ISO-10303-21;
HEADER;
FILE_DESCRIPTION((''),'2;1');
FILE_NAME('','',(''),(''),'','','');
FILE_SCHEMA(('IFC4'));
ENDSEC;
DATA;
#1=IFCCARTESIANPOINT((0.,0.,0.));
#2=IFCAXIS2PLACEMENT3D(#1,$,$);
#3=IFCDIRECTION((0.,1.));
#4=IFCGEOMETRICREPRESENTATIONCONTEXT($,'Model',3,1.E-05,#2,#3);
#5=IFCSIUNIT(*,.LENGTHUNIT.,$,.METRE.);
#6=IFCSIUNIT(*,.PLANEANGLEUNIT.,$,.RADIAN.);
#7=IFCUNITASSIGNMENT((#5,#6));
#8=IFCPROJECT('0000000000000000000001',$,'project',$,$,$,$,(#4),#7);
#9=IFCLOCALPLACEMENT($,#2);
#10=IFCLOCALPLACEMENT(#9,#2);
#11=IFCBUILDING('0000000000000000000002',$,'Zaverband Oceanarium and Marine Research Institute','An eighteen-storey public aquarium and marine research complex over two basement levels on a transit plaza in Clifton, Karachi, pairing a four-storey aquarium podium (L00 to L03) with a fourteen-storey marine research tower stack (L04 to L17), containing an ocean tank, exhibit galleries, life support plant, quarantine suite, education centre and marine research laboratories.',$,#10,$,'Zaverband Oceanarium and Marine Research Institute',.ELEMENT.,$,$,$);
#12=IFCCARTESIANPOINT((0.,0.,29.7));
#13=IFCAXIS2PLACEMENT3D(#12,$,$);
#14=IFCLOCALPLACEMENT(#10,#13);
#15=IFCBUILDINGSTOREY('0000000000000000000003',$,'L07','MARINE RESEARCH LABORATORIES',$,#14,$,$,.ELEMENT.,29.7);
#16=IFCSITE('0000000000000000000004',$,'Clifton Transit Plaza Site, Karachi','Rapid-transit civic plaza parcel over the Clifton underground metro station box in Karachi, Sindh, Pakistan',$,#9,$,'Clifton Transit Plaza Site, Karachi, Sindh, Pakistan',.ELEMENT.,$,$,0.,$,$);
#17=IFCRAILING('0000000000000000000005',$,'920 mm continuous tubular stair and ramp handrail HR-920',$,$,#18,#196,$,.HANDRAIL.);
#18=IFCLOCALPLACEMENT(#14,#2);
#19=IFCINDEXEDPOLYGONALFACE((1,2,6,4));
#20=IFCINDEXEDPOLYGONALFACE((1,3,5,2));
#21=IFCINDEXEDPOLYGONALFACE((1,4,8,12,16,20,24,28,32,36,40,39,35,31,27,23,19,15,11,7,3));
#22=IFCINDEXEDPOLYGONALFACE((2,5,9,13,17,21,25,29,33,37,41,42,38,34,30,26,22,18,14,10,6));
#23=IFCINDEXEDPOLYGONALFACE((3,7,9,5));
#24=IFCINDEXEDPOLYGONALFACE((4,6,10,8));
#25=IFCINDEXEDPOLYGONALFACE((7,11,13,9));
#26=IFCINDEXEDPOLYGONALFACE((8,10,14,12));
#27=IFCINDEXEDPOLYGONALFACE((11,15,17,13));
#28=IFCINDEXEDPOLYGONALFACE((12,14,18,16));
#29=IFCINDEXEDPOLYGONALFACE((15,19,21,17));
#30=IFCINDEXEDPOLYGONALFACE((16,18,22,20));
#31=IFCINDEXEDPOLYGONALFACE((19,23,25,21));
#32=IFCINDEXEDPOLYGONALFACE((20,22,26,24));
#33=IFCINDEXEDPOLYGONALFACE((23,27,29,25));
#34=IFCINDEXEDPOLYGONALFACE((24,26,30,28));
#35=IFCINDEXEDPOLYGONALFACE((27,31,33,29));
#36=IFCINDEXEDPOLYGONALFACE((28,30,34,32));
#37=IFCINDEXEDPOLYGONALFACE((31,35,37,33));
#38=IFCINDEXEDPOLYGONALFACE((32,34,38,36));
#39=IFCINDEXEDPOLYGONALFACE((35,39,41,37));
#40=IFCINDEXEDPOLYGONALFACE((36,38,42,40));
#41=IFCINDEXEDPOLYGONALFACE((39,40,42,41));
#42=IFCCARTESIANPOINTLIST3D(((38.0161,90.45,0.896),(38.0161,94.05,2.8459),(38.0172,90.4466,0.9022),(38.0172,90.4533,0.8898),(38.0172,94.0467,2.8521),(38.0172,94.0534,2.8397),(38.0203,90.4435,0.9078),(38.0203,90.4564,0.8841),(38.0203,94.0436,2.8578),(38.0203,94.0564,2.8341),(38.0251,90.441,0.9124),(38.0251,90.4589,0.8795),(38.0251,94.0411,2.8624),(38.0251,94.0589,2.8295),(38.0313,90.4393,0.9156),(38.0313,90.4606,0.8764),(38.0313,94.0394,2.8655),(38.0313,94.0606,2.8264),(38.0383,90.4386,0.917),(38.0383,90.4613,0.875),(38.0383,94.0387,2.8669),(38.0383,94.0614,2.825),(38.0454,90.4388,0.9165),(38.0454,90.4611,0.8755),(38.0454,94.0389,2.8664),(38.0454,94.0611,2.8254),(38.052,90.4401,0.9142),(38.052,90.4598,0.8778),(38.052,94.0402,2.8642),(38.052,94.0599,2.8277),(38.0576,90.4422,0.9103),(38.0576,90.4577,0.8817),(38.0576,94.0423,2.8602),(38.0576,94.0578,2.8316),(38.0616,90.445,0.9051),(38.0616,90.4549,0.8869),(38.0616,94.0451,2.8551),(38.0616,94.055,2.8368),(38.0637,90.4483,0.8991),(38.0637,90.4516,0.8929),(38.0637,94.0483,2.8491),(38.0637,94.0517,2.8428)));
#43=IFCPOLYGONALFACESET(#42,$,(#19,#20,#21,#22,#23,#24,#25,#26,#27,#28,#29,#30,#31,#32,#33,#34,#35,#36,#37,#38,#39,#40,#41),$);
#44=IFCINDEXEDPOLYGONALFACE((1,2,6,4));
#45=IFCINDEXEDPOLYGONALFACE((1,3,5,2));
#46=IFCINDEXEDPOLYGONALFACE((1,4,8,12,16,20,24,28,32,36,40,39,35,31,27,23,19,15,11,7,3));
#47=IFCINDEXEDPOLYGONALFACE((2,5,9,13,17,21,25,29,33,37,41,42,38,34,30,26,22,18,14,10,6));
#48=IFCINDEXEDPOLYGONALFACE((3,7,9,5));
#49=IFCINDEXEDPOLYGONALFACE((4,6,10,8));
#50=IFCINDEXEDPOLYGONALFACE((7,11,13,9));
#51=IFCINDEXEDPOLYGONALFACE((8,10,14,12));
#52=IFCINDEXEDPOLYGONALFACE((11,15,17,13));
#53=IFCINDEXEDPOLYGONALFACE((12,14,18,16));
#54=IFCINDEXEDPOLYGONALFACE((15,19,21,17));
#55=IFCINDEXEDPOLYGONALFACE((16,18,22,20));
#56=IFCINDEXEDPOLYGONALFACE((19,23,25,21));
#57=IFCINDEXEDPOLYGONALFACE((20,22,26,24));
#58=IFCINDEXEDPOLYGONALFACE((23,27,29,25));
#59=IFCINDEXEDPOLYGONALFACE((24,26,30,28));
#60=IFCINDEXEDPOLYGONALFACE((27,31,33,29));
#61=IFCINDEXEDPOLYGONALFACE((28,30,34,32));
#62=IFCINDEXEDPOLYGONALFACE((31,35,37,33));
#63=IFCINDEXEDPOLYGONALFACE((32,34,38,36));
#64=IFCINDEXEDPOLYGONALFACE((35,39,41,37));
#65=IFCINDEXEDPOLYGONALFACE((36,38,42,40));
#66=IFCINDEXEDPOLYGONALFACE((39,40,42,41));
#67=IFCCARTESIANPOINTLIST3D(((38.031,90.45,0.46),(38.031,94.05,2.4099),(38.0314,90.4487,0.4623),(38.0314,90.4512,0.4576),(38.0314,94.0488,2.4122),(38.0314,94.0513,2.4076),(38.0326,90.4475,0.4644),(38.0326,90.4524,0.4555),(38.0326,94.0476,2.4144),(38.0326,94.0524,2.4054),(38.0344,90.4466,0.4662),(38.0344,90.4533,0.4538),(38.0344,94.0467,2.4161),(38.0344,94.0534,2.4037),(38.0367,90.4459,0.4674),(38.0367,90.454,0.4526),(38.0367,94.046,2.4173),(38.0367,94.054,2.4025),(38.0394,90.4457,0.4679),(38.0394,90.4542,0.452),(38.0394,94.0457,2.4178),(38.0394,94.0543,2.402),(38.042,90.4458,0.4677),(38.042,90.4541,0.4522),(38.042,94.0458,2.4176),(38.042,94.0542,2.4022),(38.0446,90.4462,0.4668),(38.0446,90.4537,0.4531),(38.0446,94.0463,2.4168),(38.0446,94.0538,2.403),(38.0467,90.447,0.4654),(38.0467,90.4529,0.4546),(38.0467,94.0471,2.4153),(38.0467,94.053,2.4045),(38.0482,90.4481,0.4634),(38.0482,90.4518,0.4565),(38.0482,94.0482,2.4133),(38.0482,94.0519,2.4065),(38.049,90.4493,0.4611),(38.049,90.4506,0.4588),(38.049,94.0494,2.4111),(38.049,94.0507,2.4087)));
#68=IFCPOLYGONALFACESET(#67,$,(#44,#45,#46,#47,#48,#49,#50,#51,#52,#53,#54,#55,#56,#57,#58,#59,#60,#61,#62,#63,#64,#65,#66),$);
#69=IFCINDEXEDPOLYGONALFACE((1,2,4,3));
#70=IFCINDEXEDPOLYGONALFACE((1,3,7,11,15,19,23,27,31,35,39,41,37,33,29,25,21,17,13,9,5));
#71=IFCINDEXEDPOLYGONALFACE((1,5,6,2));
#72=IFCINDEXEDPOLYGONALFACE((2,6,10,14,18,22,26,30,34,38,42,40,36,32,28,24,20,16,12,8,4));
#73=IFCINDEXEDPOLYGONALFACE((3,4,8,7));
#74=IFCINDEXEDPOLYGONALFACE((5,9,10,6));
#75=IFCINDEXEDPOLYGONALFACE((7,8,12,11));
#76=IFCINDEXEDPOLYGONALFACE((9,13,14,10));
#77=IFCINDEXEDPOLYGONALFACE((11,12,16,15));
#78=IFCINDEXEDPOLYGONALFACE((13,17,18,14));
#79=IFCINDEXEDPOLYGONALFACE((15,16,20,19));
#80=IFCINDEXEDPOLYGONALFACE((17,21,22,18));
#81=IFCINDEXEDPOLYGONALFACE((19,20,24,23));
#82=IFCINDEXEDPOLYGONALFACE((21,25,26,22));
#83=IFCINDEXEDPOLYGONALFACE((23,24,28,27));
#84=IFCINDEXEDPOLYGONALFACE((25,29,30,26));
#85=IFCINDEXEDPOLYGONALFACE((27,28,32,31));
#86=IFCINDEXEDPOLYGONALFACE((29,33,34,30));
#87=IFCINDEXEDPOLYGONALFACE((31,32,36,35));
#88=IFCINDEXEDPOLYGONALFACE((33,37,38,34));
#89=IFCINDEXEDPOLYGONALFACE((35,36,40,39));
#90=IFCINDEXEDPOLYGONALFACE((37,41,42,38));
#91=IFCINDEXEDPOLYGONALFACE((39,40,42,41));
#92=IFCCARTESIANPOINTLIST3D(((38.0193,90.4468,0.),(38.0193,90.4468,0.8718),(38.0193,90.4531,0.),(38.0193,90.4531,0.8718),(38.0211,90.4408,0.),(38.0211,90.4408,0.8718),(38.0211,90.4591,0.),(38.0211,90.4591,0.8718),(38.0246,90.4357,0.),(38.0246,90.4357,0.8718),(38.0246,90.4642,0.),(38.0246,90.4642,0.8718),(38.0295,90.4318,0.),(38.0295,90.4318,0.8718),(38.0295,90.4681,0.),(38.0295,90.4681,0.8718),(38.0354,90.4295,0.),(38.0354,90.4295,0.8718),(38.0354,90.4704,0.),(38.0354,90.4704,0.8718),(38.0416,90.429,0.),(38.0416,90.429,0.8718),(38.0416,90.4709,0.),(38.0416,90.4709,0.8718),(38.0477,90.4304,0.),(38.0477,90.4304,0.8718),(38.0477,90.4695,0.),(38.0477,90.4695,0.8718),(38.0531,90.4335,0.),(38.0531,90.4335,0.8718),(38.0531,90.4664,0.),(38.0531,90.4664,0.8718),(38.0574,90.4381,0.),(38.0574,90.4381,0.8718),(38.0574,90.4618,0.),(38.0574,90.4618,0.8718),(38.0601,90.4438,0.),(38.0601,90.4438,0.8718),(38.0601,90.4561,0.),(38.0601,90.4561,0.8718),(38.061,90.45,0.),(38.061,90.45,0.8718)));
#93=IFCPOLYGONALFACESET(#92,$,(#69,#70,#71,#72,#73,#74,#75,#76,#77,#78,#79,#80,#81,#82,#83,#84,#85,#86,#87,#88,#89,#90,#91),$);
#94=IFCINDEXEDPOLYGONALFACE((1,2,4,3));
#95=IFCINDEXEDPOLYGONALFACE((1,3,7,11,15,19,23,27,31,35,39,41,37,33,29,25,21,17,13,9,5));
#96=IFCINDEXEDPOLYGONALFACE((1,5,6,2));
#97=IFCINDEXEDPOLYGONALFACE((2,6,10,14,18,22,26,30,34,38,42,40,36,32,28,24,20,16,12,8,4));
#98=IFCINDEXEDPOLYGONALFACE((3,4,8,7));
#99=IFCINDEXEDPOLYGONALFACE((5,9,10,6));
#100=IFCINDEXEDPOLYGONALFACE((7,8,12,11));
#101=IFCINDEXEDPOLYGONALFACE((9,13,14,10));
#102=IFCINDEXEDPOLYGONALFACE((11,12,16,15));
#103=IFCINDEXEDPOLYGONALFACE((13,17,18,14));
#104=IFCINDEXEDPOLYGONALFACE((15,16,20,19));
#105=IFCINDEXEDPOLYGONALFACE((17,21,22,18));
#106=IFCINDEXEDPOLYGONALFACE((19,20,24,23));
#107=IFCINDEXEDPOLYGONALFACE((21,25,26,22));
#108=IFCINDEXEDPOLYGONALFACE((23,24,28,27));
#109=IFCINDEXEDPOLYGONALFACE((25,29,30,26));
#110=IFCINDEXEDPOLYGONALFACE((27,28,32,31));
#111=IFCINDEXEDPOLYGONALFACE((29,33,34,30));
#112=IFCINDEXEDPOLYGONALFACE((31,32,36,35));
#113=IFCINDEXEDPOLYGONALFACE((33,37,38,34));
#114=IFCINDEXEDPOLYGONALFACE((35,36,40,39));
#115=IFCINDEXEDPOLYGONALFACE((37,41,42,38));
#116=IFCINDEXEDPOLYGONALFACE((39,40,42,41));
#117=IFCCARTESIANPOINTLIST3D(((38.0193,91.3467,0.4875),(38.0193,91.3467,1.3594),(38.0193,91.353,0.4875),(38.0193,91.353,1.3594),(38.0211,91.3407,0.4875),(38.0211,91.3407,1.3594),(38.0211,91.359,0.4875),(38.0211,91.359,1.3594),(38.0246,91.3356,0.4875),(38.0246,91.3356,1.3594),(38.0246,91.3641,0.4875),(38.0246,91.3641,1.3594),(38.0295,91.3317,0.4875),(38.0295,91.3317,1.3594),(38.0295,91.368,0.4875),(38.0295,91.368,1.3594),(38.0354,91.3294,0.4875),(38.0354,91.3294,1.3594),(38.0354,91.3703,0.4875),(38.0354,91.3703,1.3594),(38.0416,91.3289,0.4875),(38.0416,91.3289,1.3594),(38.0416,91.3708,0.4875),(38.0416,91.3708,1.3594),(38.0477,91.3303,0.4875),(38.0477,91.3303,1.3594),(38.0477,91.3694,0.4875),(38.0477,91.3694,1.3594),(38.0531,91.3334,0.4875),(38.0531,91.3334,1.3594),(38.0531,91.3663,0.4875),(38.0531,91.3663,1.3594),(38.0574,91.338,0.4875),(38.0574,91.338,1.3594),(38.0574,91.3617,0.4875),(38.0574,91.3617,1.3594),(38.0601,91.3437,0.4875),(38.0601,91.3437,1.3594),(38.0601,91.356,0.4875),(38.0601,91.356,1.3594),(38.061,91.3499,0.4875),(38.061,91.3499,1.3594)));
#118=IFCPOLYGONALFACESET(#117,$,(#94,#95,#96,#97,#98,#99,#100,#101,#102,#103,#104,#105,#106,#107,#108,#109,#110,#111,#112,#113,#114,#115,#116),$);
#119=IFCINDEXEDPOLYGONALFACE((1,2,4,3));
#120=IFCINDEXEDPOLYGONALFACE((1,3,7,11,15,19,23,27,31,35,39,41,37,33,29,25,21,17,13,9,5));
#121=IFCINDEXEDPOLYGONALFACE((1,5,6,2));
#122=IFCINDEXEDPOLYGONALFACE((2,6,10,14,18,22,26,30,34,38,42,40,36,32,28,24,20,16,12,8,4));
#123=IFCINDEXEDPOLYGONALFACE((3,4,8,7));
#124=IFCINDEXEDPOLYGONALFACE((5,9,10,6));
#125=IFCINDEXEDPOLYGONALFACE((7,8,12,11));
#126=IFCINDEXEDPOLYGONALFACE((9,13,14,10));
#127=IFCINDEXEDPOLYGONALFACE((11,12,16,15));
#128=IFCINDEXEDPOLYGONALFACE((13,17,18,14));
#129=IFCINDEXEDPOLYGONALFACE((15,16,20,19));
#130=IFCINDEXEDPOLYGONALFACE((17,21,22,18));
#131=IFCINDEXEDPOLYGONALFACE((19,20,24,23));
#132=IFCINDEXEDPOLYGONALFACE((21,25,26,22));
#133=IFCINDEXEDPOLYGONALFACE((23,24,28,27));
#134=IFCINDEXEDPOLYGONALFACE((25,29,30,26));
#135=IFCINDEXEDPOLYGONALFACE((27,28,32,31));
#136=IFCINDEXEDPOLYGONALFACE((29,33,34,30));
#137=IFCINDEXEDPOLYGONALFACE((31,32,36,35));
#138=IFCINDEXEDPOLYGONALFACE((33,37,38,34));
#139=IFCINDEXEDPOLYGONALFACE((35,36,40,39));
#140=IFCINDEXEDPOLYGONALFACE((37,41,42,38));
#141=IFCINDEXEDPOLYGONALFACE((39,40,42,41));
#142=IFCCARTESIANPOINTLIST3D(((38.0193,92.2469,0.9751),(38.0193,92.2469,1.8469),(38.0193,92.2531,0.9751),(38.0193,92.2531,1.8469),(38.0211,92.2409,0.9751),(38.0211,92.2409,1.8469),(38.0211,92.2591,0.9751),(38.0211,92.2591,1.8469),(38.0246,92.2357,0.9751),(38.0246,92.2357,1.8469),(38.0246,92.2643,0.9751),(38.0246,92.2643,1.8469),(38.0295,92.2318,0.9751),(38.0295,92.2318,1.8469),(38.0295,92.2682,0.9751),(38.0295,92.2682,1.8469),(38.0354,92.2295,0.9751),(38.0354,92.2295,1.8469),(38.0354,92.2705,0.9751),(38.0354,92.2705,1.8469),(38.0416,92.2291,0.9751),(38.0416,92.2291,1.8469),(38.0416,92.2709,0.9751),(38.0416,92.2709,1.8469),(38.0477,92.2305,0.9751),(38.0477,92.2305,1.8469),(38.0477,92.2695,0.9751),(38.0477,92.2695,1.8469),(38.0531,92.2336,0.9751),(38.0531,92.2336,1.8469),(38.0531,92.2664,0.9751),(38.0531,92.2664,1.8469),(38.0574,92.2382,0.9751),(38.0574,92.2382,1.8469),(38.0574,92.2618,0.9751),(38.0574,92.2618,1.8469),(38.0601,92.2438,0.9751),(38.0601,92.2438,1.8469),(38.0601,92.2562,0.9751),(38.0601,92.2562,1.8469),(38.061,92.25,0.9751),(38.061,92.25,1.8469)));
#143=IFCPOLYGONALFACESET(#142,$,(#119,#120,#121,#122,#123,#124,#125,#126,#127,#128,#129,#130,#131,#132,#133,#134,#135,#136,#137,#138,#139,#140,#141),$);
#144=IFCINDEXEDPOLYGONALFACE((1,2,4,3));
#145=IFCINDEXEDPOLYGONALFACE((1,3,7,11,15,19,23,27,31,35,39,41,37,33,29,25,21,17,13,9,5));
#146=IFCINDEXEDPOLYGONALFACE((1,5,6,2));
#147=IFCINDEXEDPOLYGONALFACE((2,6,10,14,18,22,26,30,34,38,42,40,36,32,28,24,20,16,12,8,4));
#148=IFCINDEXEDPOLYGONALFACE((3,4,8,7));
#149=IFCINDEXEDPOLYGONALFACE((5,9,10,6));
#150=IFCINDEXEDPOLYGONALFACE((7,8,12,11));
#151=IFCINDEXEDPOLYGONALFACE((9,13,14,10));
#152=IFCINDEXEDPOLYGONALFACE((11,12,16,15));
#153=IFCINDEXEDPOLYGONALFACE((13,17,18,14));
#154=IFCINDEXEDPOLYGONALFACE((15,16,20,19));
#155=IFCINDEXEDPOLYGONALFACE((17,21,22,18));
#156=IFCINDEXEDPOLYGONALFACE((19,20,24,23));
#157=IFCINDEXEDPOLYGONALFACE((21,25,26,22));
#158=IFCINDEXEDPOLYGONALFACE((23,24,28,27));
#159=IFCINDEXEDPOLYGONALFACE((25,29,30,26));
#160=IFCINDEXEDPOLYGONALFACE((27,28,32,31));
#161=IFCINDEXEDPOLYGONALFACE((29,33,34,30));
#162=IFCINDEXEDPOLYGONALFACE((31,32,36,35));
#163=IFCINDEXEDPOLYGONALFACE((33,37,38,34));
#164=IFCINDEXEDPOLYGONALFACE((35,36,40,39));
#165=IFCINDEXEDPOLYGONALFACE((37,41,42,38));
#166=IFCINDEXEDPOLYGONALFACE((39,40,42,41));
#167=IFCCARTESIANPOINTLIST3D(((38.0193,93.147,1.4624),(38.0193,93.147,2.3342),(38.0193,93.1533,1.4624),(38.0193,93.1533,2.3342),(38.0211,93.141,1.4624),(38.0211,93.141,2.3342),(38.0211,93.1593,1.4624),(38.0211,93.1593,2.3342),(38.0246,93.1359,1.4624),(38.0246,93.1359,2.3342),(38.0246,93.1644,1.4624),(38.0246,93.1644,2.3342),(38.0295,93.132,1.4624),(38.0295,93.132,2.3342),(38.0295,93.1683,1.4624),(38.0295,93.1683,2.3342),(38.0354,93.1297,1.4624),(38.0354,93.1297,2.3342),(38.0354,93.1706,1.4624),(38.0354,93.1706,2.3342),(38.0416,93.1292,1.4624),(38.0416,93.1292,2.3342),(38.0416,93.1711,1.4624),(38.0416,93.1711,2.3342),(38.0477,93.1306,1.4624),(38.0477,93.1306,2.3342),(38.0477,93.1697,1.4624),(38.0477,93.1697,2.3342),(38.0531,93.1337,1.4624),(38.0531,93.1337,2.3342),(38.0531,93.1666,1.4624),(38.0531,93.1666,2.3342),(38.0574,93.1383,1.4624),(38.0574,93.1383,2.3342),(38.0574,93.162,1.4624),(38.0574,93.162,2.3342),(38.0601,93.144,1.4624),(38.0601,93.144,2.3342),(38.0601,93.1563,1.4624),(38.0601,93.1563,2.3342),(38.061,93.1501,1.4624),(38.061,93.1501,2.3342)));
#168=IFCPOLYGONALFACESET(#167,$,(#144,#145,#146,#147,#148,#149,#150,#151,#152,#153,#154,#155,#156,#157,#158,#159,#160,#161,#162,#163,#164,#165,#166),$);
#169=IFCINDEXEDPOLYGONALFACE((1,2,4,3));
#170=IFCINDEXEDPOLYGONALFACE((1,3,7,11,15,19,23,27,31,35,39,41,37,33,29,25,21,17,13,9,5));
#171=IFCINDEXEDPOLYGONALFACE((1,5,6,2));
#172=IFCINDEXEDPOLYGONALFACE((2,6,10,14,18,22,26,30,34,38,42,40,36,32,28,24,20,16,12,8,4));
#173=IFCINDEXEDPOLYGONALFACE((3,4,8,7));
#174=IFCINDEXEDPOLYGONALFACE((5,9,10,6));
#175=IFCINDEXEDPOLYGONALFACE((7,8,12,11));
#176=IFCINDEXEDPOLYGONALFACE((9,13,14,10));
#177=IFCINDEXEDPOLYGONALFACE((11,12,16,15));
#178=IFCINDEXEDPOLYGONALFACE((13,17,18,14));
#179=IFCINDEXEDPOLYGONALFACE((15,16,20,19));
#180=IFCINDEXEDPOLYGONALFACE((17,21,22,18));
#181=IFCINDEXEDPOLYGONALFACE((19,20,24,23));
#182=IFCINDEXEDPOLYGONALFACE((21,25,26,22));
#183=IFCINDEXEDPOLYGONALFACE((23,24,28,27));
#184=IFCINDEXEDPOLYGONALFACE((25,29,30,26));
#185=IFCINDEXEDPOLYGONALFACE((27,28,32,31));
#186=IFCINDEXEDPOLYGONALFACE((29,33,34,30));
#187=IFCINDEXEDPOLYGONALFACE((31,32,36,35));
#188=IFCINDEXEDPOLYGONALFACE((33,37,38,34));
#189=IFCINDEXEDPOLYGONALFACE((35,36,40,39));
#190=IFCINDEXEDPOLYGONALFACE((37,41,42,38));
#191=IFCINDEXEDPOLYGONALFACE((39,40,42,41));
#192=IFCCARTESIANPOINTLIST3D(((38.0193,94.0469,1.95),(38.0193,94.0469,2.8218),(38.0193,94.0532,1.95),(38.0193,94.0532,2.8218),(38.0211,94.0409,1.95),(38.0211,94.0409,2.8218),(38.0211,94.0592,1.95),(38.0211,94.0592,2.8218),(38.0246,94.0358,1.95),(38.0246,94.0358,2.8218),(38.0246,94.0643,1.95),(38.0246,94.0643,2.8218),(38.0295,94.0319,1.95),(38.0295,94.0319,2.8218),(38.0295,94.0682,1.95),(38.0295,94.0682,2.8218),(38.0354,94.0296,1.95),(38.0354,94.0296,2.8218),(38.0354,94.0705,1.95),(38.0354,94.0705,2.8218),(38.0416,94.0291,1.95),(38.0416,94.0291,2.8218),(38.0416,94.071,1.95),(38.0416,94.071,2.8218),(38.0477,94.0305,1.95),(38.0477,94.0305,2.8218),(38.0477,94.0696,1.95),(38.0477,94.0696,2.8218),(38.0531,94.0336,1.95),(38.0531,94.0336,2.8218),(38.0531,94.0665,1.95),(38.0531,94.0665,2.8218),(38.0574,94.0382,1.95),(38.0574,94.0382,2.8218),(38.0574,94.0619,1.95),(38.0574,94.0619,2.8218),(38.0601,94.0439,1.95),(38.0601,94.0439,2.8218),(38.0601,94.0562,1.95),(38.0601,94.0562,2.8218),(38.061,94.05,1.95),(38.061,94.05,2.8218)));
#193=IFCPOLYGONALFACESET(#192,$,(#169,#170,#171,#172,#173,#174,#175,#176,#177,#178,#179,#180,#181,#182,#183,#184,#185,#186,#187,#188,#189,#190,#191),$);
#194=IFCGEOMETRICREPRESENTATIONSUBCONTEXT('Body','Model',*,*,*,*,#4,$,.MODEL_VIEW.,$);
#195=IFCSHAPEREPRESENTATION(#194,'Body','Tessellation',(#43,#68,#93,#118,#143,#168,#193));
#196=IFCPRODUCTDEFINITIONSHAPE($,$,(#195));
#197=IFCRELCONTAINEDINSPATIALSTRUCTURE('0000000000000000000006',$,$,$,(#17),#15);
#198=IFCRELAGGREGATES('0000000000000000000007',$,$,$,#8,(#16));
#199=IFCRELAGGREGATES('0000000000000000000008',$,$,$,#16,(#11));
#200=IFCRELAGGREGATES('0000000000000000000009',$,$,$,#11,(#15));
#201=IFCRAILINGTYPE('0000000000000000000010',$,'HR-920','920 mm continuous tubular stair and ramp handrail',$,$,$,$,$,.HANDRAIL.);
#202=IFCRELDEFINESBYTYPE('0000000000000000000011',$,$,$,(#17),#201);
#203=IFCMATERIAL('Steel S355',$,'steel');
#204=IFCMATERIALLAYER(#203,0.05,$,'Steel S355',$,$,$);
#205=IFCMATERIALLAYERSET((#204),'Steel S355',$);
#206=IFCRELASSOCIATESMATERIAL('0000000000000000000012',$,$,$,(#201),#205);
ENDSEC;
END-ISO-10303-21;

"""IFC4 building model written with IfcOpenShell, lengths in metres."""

from ifc_helpers import new_model, si_unit, direction, frame, origin, origin_2d, place, context, subcontext, project, spatial, circle, extrude, material, layer, layer_set, type_object, element, save


model = new_model("IFC4")

# Units and contexts
model_context = context("Model", 3, precision=1e-05, world=origin(), true_north=direction((0.0, 1.0)))
body_context = subcontext(model_context, "Body", "Model", "MODEL_VIEW")
ifc_project = project(units=[si_unit("LENGTHUNIT", "METRE"), si_unit("PLANEANGLEUNIT", "RADIAN")], contexts=[model_context])

# Site, building, storey
site_placement = place(None, origin())
site = spatial("IfcSite", under=ifc_project, at=site_placement, Name="Clifton Transit Plaza Site, Karachi", Description="Rapid-transit civic plaza parcel over the Clifton underground metro station box in Karachi, Sindh, Pakistan", LongName="Clifton Transit Plaza Site, Karachi, Sindh, Pakistan", CompositionType="ELEMENT", RefElevation=0.0)
building_placement = place(site_placement, origin())
building = spatial("IfcBuilding", under=site, at=building_placement, Name="Zaverband Oceanarium and Marine Research Institute", Description="An eighteen-storey public aquarium and marine research complex over two basement levels on a transit plaza in Clifton, Karachi, pairing a four-storey aquarium podium (L00 to L03) with a fourteen-storey marine research tower stack (L04 to L17), containing an ocean tank, exhibit galleries, life support plant, quarantine suite, education centre and marine research laboratories.", LongName="Zaverband Oceanarium and Marine Research Institute", CompositionType="ELEMENT")
storey_placement = place(building_placement, frame((0.0, 0.0, 29.7)))
storey = spatial("IfcBuildingStorey", under=building, at=storey_placement, Name="L07", Description="MARINE RESEARCH LABORATORIES", CompositionType="ELEMENT", Elevation=29.7)

# Shared definitions
ifc_material_1 = material(Name="Steel S355", Category="steel")

# Railing
ifc_layer_1 = layer(ifc_material_1, 0.05, Name="Steel S355")
ifc_layer_set_1 = layer_set([ifc_layer_1], Name="Steel S355")
railing_type_1 = type_object("IfcRailingType", Name="HR-920", Description="920 mm continuous tubular stair and ramp handrail", PredefinedType="HANDRAIL", material=ifc_layer_set_1)
railing_1_placement = place(storey_placement, frame((38.04, 90.45, 0.0)))
element("IfcRailing", 1, at=railing_1_placement, inside=storey, type_object=railing_type_1, Name="920 mm continuous tubular stair and ramp handrail HR-920", PredefinedType="HANDRAIL", context=body_context, shape_type="SweptSolid", body=[
    extrude(circle(Radius=0.0239, at=origin_2d()), frame((0.0, 0.0, 0.896), z_axis=(0.0, 0.879302, 0.476264), x_axis=(-1.0, 0.0, 0.0)), (0.0, 0.0, 1.0), 4.0942),
    extrude(circle(Radius=0.009, at=origin_2d()), frame((0.0, 0.0, 0.46), z_axis=(0.0, 0.879302, 0.476264), x_axis=(-1.0, 0.0, 0.0)), (0.0, 0.0, 1.0), 4.0942),
    extrude(circle(Radius=0.021, at=origin_2d()), origin(), (0.0, 0.0, 1.0), 0.8718),
    extrude(circle(Radius=0.021, at=origin_2d()), frame((0.0, 0.8999, 0.4875)), (0.0, 0.0, 1.0), 0.8718),
    extrude(circle(Radius=0.021, at=origin_2d()), frame((0.0, 1.8, 0.9751)), (0.0, 0.0, 1.0), 0.8718),
    extrude(circle(Radius=0.021, at=origin_2d()), frame((0.0, 2.7002, 1.4624)), (0.0, 0.0, 1.0), 0.8718),
    extrude(circle(Radius=0.021, at=origin_2d()), frame((0.0, 3.6001, 1.95)), (0.0, 0.0, 1.0), 0.8718),
])

save(model, "model.ifc")
